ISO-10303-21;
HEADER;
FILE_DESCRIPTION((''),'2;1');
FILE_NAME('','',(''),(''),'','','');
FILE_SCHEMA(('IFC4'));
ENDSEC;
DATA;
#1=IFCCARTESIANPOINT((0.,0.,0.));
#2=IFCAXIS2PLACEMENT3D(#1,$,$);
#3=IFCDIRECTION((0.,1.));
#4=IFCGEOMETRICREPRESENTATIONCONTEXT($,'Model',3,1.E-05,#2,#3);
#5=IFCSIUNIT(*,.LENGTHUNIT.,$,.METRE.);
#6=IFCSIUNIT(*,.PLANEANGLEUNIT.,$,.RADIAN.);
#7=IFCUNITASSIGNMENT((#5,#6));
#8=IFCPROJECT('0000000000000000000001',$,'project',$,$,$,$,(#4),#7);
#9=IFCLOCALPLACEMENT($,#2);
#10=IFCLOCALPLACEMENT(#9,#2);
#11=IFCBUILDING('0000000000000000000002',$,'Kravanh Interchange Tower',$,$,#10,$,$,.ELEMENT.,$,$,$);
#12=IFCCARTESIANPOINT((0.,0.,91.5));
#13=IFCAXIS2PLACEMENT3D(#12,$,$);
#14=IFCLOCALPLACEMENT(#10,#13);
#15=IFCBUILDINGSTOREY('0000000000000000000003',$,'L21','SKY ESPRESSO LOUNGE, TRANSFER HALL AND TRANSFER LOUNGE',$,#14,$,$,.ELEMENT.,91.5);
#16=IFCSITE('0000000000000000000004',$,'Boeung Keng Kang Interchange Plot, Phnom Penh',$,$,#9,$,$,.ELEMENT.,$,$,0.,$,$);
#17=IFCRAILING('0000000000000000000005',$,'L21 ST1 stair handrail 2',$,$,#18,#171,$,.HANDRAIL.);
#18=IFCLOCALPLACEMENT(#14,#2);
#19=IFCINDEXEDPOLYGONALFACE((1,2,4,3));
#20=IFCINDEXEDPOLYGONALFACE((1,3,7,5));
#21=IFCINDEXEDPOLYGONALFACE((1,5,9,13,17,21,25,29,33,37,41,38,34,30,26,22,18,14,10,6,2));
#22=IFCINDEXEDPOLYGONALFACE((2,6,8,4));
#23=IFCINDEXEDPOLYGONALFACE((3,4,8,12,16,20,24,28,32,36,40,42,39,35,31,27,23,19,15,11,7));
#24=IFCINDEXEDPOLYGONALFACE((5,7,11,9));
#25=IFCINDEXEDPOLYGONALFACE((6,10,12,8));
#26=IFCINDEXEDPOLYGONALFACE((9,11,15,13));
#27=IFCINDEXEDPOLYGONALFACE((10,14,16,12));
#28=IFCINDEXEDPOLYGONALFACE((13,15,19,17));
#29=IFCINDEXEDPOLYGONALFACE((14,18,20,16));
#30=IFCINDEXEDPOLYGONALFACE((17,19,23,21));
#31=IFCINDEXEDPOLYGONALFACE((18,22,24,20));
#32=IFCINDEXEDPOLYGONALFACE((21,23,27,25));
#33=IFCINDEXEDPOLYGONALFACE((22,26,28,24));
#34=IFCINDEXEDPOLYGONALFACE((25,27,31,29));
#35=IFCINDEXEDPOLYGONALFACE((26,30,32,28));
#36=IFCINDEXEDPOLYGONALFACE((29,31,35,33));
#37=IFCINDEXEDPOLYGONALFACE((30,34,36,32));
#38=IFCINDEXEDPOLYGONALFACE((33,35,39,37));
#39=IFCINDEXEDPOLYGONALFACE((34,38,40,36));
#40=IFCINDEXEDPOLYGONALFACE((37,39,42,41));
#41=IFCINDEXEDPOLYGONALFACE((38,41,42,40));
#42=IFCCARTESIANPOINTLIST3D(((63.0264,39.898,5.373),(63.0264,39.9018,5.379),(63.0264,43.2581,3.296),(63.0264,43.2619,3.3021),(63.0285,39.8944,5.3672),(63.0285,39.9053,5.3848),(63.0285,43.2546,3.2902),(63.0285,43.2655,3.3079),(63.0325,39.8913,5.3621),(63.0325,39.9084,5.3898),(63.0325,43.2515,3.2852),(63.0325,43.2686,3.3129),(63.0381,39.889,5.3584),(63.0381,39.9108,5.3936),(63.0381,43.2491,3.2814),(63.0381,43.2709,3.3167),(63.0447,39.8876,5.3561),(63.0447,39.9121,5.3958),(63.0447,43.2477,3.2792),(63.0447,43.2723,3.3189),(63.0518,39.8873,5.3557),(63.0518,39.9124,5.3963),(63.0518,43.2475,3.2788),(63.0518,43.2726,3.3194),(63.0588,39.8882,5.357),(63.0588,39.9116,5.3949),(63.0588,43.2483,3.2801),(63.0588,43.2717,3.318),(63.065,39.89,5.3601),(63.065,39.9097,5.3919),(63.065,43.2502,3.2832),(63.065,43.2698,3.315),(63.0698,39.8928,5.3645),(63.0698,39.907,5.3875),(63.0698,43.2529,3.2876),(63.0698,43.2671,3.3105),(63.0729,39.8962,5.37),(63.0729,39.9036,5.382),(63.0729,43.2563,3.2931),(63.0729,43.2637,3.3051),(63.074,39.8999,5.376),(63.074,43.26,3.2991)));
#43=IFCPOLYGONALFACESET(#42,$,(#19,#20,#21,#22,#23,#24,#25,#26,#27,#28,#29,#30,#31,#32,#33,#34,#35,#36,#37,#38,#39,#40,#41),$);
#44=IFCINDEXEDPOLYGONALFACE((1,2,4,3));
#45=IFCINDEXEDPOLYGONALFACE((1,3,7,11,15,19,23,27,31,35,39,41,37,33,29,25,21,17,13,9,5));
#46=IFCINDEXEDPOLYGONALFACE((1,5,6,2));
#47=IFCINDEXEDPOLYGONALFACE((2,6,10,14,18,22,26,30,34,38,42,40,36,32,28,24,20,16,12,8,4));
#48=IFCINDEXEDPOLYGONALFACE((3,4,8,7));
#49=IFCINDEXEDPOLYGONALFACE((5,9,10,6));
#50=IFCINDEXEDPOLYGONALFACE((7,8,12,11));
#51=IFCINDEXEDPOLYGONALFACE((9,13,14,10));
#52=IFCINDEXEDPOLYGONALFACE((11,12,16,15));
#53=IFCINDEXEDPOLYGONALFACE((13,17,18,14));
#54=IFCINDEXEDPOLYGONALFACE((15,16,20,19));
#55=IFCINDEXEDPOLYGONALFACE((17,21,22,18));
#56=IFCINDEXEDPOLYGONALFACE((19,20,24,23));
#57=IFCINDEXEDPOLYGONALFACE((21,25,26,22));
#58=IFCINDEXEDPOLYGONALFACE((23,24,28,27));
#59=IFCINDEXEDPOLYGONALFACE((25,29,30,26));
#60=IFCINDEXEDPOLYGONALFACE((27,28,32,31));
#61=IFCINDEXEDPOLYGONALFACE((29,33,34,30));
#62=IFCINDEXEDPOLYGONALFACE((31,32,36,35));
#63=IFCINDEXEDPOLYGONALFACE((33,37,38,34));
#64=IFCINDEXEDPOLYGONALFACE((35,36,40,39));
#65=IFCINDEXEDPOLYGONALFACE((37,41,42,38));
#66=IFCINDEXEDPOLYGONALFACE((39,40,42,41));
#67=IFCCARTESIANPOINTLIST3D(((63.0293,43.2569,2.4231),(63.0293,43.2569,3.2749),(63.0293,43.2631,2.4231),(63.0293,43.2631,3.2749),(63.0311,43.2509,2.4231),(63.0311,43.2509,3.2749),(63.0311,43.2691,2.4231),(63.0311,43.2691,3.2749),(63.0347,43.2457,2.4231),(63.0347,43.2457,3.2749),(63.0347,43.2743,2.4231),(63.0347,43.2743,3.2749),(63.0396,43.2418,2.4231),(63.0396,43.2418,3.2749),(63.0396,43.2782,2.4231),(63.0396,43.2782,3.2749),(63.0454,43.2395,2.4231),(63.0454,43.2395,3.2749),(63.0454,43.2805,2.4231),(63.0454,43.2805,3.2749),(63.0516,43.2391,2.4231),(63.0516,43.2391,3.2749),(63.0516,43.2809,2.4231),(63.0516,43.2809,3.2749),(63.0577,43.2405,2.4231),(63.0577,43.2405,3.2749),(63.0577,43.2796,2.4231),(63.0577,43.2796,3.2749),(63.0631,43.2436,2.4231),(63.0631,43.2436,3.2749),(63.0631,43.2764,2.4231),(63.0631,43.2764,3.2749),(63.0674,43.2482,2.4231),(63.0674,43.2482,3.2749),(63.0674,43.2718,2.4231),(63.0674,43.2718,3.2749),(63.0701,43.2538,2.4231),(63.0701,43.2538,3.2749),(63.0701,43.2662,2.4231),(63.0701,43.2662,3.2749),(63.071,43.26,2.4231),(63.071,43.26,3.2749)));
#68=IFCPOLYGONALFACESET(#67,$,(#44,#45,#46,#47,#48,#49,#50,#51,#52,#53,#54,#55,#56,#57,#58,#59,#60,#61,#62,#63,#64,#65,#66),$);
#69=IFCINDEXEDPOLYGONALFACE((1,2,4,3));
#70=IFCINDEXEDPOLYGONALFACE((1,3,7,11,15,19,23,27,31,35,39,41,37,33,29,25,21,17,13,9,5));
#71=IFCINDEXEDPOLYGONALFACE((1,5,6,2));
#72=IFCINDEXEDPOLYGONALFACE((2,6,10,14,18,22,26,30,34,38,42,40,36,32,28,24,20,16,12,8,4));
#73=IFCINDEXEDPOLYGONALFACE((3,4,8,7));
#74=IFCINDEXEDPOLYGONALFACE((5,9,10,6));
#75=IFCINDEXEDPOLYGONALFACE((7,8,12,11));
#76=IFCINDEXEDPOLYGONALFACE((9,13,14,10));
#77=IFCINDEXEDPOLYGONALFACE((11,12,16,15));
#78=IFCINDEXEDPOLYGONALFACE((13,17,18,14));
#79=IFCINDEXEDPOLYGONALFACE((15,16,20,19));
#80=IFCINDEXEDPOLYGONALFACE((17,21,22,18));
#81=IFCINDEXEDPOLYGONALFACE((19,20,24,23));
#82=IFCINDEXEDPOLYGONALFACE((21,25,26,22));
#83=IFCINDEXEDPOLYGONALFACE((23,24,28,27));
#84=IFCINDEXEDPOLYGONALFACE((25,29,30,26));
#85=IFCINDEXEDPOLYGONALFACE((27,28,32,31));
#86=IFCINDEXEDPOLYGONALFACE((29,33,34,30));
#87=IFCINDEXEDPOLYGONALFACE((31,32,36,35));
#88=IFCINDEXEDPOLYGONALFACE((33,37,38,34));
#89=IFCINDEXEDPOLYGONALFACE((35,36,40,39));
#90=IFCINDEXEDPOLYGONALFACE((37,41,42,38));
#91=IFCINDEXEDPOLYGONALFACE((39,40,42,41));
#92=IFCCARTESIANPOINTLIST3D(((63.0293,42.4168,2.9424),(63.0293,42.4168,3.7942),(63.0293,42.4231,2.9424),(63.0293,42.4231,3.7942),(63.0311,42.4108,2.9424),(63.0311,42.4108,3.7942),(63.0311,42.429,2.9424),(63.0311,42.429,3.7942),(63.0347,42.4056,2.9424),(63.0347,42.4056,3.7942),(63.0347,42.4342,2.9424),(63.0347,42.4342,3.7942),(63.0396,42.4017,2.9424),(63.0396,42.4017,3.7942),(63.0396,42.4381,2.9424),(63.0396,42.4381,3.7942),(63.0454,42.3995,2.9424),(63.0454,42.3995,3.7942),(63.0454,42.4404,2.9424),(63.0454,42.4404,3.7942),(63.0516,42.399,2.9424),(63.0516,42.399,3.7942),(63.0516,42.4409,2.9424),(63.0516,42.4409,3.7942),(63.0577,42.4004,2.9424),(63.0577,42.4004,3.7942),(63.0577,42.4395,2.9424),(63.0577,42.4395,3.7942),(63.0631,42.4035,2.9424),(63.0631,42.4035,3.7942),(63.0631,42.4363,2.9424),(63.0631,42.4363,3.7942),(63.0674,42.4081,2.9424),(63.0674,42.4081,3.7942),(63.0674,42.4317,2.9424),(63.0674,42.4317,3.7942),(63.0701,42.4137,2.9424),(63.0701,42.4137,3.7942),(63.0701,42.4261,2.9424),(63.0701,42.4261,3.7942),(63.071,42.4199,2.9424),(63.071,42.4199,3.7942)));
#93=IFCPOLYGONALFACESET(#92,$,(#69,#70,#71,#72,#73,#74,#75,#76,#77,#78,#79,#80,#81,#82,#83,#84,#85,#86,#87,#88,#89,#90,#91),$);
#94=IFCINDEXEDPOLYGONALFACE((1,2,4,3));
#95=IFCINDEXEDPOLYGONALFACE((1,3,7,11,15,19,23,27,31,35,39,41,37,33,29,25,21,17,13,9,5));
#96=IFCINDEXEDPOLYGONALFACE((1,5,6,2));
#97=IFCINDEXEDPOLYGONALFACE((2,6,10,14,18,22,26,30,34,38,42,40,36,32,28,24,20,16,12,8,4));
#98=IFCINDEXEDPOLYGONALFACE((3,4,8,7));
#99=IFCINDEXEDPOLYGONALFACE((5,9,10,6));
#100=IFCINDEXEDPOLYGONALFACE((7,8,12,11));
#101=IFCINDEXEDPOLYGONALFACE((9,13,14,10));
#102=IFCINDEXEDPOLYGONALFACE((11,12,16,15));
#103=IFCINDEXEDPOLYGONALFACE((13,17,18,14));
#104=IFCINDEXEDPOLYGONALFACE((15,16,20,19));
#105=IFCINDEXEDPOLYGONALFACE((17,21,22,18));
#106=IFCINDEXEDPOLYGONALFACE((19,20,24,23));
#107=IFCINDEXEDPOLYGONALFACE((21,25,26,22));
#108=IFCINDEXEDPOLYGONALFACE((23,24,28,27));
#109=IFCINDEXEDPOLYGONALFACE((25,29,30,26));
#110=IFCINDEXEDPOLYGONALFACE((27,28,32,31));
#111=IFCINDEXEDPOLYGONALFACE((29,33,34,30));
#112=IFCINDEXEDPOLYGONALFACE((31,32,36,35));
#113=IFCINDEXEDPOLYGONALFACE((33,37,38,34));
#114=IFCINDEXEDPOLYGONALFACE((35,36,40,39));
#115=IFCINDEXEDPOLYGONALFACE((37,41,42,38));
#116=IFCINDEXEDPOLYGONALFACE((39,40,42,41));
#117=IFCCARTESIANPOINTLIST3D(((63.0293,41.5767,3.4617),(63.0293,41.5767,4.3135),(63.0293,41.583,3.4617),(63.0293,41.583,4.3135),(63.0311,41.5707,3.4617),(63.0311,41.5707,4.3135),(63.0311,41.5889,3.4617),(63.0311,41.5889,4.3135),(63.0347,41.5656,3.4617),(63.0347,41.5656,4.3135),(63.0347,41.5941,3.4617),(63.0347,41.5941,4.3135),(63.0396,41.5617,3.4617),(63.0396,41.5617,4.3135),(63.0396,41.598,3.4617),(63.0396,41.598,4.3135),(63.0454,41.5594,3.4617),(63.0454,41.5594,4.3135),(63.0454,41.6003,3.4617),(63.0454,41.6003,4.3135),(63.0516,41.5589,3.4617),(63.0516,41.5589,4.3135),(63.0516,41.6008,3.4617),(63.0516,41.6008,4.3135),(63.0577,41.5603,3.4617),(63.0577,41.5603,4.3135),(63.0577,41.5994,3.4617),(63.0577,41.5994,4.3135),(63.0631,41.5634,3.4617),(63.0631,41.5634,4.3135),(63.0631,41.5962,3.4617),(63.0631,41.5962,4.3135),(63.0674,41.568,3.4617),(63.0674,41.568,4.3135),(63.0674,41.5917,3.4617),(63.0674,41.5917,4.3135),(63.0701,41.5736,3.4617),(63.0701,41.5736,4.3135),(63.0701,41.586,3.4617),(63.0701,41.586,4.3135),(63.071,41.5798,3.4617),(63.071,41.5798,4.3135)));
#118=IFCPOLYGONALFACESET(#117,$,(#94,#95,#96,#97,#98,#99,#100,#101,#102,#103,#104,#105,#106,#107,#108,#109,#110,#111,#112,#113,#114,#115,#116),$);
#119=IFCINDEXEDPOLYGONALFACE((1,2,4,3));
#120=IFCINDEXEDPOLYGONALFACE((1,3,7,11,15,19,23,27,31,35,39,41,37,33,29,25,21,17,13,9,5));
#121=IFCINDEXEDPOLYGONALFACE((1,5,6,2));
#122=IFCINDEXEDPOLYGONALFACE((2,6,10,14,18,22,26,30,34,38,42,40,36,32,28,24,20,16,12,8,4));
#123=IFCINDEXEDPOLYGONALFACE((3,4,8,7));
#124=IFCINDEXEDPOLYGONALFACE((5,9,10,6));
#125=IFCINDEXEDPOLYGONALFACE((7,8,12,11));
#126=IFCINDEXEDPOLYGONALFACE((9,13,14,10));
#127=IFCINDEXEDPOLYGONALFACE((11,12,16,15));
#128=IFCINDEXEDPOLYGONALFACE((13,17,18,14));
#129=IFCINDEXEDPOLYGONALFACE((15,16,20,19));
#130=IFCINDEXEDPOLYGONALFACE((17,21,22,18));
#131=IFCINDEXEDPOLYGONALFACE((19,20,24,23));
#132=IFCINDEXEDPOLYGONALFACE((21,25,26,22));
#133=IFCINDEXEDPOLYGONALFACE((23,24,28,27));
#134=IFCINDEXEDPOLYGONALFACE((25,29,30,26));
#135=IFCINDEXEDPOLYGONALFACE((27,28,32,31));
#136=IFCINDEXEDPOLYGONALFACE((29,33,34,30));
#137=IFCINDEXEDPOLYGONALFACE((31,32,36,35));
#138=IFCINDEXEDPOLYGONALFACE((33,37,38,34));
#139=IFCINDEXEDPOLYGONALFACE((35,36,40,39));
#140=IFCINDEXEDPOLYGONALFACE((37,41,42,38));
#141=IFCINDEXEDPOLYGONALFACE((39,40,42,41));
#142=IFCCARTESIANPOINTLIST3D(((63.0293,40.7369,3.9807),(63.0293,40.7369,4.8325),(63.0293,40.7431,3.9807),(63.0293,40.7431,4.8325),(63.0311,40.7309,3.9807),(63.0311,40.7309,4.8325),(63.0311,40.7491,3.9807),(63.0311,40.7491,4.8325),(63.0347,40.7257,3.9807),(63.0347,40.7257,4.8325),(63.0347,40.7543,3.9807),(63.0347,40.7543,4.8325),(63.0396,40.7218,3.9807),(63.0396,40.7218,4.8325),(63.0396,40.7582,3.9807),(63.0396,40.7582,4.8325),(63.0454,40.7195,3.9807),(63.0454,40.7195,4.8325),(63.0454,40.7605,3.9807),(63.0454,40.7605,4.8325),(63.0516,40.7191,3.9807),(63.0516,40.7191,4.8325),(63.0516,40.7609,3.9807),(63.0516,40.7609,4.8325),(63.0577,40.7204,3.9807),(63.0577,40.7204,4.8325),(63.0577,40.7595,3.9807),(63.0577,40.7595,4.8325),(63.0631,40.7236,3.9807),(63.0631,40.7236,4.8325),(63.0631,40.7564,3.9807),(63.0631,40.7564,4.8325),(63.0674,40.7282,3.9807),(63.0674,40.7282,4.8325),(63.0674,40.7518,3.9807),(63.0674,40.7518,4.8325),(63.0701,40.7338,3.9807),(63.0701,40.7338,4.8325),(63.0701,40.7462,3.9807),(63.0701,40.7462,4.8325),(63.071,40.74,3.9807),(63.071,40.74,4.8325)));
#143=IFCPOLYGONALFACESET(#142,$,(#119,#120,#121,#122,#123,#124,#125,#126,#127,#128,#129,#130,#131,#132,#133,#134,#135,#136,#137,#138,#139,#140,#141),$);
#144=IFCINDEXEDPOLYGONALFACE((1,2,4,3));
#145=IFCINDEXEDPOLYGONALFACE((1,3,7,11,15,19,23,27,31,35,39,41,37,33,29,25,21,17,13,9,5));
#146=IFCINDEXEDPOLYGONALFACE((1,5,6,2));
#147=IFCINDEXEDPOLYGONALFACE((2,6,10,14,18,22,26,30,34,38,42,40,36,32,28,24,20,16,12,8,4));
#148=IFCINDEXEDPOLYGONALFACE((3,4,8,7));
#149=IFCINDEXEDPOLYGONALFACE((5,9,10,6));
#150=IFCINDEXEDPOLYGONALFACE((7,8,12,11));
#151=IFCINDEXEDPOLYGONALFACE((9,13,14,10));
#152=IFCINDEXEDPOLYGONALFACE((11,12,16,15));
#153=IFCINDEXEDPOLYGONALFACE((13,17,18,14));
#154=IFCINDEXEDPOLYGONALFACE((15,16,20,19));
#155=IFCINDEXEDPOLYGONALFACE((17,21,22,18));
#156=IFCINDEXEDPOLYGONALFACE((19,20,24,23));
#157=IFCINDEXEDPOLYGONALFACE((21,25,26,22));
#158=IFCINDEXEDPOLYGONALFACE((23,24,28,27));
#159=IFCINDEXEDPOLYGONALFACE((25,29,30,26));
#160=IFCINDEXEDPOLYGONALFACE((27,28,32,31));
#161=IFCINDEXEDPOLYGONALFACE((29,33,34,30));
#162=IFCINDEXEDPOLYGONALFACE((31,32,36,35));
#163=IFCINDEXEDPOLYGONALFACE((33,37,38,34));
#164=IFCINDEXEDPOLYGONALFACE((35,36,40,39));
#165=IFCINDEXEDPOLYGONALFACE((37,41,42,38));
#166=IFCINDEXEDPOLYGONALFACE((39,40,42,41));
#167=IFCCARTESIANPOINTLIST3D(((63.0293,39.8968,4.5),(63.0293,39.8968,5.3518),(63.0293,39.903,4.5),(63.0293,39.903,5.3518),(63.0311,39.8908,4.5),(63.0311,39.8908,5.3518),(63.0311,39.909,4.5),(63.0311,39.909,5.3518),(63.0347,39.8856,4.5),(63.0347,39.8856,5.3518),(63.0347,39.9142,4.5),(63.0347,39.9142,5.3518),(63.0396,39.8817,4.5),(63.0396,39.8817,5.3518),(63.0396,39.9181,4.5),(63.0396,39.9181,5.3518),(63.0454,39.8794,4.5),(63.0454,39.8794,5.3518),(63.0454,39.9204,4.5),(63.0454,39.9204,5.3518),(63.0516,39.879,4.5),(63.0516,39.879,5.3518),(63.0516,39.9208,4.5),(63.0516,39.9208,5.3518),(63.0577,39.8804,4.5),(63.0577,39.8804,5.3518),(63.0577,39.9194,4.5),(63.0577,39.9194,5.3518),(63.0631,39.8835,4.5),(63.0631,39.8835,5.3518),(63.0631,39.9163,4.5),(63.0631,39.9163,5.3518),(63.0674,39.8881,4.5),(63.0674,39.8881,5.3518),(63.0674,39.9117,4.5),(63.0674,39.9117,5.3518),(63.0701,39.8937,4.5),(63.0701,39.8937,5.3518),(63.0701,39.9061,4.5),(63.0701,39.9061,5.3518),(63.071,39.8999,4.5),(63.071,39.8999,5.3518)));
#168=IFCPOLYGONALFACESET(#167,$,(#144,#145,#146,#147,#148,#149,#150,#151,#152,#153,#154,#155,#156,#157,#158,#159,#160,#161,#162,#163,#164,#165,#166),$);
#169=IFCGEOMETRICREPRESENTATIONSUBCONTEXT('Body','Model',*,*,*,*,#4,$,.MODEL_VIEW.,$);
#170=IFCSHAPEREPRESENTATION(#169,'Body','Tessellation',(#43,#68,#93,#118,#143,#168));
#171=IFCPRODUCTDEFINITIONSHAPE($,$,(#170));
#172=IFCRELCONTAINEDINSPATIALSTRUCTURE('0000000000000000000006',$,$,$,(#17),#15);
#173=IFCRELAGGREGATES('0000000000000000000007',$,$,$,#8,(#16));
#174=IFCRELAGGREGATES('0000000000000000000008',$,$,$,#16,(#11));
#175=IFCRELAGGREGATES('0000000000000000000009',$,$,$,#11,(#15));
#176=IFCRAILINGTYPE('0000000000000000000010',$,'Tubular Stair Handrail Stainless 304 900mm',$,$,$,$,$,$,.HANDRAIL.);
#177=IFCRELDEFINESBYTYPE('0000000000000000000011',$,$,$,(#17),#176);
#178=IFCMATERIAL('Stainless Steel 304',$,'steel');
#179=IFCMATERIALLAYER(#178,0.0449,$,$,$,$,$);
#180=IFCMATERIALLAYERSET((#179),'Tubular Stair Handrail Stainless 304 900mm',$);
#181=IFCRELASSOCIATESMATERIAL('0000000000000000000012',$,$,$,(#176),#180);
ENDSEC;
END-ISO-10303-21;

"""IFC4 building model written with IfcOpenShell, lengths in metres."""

from ifc_helpers import new_model, si_unit, direction, frame, origin, origin_2d, place, context, subcontext, project, spatial, circle, extrude, material, layer, layer_set, type_object, element, save


model = new_model("IFC4")

# Units and contexts
model_context = context("Model", 3, precision=1e-05, world=origin(), true_north=direction((0.0, 1.0)))
body_context = subcontext(model_context, "Body", "Model", "MODEL_VIEW")
ifc_project = project(units=[si_unit("LENGTHUNIT", "METRE"), si_unit("PLANEANGLEUNIT", "RADIAN")], contexts=[model_context])

# Site, building, storey
site_placement = place(None, origin())
site = spatial("IfcSite", under=ifc_project, at=site_placement, Name="Boeung Keng Kang Interchange Plot, Phnom Penh", CompositionType="ELEMENT", RefElevation=0.0)
building_placement = place(site_placement, origin())
building = spatial("IfcBuilding", under=site, at=building_placement, Name="Kravanh Interchange Tower", CompositionType="ELEMENT")
storey_placement = place(building_placement, frame((0.0, 0.0, 91.5)))
storey = spatial("IfcBuildingStorey", under=building, at=storey_placement, Name="L21", Description="SKY ESPRESSO LOUNGE, TRANSFER HALL AND TRANSFER LOUNGE", CompositionType="ELEMENT", Elevation=91.5)

# Railing
ifc_material_1 = material(Name="Stainless Steel 304", Category="steel")
ifc_layer_1 = layer(ifc_material_1, 0.0449)
ifc_layer_set_1 = layer_set([ifc_layer_1], Name="Tubular Stair Handrail Stainless 304 900mm")
railing_type_1 = type_object("IfcRailingType", Name="Tubular Stair Handrail Stainless 304 900mm", PredefinedType="HANDRAIL", material=ifc_layer_set_1)
railing_1_placement = place(storey_placement, frame((63.05, 43.26, 2.4231)))
element("IfcRailing", 1, at=railing_1_placement, inside=storey, type_object=railing_type_1, Name="L21 ST1 stair handrail 2", PredefinedType="HANDRAIL", context=body_context, shape_type="SweptSolid", body=[
    extrude(circle(Radius=0.0239, at=origin_2d()), frame((0.0, 0.0, 0.876), z_axis=(0.0, -0.850623, 0.525776), x_axis=(1.0, 0.0, 0.0)), (0.0, 0.0, 1.0), 3.9502),
    extrude(circle(Radius=0.021, at=origin_2d()), origin(), (0.0, 0.0, 1.0), 0.8518),
    extrude(circle(Radius=0.021, at=origin_2d()), frame((0.0, -0.8401, 0.5193)), (0.0, 0.0, 1.0), 0.8518),
    extrude(circle(Radius=0.021, at=origin_2d()), frame((0.0, -1.6802, 1.0386)), (0.0, 0.0, 1.0), 0.8518),
    extrude(circle(Radius=0.021, at=origin_2d()), frame((0.0, -2.52, 1.5576)), (0.0, 0.0, 1.0), 0.8518),
    extrude(circle(Radius=0.021, at=origin_2d()), frame((0.0, -3.3601, 2.0769)), (0.0, 0.0, 1.0), 0.8518),
])

save(model, "model.ifc")
